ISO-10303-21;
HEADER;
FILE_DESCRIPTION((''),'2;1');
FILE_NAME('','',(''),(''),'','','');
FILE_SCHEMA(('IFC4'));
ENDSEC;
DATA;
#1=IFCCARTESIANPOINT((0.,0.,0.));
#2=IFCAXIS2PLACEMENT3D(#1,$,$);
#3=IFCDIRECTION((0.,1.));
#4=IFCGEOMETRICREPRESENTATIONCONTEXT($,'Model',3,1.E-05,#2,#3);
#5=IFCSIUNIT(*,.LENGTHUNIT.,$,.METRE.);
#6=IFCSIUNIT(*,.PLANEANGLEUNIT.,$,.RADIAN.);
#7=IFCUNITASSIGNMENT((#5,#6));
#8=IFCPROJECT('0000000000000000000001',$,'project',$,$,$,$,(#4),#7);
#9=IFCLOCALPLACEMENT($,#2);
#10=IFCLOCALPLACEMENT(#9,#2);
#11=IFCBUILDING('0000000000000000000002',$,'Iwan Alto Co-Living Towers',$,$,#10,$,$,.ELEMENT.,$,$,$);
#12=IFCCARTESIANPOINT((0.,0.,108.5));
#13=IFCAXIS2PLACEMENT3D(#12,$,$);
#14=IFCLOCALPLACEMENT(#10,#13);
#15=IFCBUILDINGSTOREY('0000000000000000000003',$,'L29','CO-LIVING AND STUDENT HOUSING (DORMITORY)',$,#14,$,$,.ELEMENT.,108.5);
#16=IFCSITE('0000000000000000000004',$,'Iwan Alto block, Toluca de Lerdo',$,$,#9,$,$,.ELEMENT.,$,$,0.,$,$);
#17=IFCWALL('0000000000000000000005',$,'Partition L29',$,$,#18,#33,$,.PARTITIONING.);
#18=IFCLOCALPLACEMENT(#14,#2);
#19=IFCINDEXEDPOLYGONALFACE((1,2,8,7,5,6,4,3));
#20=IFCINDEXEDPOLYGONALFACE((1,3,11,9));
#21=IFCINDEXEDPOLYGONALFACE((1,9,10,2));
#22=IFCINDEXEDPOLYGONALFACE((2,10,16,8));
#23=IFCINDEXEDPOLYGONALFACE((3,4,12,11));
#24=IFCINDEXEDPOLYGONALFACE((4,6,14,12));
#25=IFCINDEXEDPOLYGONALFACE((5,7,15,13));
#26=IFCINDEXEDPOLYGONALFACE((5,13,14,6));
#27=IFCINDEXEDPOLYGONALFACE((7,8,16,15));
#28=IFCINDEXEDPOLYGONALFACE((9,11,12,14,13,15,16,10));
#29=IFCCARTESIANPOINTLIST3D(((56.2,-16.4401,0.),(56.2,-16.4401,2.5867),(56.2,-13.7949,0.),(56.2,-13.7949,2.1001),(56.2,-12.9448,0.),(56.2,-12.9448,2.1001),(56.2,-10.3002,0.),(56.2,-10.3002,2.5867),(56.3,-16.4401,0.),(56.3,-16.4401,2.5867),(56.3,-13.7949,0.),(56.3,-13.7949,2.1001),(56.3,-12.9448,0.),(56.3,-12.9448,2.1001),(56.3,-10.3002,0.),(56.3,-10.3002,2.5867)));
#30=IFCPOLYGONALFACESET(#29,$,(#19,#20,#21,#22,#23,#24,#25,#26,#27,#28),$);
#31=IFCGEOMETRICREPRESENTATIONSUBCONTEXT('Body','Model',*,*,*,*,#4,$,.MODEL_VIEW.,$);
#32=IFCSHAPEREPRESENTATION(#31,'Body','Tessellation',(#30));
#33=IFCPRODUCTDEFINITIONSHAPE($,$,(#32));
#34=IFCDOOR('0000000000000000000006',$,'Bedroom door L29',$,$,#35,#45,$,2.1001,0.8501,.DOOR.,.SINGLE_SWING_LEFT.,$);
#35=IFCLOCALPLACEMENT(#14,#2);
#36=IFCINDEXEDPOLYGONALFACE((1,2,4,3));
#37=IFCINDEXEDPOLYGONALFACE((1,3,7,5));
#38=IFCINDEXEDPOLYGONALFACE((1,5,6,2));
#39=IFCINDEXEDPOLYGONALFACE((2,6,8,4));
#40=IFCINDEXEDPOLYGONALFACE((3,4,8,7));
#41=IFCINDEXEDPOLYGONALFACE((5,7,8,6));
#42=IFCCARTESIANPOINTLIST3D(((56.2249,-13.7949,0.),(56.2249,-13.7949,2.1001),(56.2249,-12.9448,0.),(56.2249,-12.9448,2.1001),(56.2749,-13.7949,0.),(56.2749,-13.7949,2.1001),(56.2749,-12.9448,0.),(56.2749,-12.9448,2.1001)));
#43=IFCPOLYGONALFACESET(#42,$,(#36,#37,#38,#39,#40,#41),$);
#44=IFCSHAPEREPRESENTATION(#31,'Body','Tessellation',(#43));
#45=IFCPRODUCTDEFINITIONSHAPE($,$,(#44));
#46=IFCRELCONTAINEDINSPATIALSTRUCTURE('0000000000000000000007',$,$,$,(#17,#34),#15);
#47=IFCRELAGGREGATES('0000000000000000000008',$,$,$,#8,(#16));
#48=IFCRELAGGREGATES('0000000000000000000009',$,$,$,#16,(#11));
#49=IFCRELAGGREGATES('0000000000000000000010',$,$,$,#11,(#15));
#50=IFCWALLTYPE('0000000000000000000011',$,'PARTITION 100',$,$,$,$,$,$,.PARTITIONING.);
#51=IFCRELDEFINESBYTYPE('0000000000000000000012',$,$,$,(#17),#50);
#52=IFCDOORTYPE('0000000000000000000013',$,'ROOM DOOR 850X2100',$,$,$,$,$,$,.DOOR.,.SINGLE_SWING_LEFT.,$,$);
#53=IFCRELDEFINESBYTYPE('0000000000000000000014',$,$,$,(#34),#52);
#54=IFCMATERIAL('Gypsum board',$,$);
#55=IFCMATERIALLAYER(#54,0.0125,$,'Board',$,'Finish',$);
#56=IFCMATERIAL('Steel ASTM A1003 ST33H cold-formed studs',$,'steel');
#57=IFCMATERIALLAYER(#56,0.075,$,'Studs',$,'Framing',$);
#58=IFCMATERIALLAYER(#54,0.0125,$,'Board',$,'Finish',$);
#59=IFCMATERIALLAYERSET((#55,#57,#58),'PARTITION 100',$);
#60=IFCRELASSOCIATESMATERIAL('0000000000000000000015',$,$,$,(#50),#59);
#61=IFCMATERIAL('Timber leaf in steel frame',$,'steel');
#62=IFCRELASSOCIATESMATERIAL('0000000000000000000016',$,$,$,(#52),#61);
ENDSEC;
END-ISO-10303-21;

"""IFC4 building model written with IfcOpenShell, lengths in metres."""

from ifc_helpers import new_model, si_unit, direction, frame, frame_2d, origin, place, context, subcontext, project, spatial, rectangle, extrude, material, layer, layer_set, type_object, element, fill, save


model = new_model("IFC4")

# Units and contexts
model_context = context("Model", 3, precision=1e-05, world=origin(), true_north=direction((0.0, 1.0)))
body_context = subcontext(model_context, "Body", "Model", "MODEL_VIEW")
ifc_project = project(units=[si_unit("LENGTHUNIT", "METRE"), si_unit("PLANEANGLEUNIT", "RADIAN")], contexts=[model_context])

# Site, building, storey
site_placement = place(None, origin())
site = spatial("IfcSite", under=ifc_project, at=site_placement, Name="Iwan Alto block, Toluca de Lerdo", CompositionType="ELEMENT", RefElevation=0.0)
building_placement = place(site_placement, origin())
building = spatial("IfcBuilding", under=site, at=building_placement, Name="Iwan Alto Co-Living Towers", CompositionType="ELEMENT")
storey_placement = place(building_placement, frame((0.0, 0.0, 108.5)))
storey = spatial("IfcBuildingStorey", under=building, at=storey_placement, Name="L29", Description="CO-LIVING AND STUDENT HOUSING (DORMITORY)", CompositionType="ELEMENT", Elevation=108.5)

# Shared definitions
ifc_material_1 = material(Name="Gypsum board")
ifc_layer_1 = layer(ifc_material_1, 0.0125, Name="Board", Category="Finish")
ifc_material_2 = material(Name="Steel ASTM A1003 ST33H cold-formed studs", Category="steel")
ifc_layer_2 = layer(ifc_material_2, 0.075, Name="Studs", Category="Framing")
ifc_layer_3 = layer(ifc_material_1, 0.0125, Name="Board", Category="Finish")
ifc_layer_set_1 = layer_set([ifc_layer_1, ifc_layer_2, ifc_layer_3], Name="PARTITION 100")
wall_type = type_object("IfcWallType", Name="PARTITION 100", PredefinedType="PARTITIONING", material=ifc_layer_set_1)

# Wall, opening, door
wall_1_placement = place(storey_placement, frame((56.25, -16.4399, 0.0), z_axis=(0.0, 0.0, 1.0), x_axis=(0.0, 1.0, 0.0)))
wall_1 = element("IfcWall", 1, at=wall_1_placement, inside=storey, type_object=wall_type, Name="Partition L29", PredefinedType="PARTITIONING", context=body_context, shape_type="SweptSolid", body=[
    extrude(rectangle(XDim=6.1399, YDim=0.1001, at=frame_2d((3.0698, 0.0))), origin(), (0.0, 0.0, 1.0), 2.5867),
])
opening_placement = place(wall_1_placement, frame((2.645, 0.0, 0.0)))
opening = element("IfcOpeningElement", 2, at=opening_placement, cuts=wall_1, PredefinedType="OPENING", context=body_context, shape_type="SweptSolid", body=[
    extrude(rectangle(XDim=0.8501, YDim=2.1001, at=frame_2d((0.425, 1.05))), frame((0.0, 0.0601, 0.0), z_axis=(0.0, -1.0, 0.0), x_axis=(1.0, 0.0, 0.0)), (0.0, 0.0, 1.0), 0.1201),
])
ifc_material_3 = material(Name="Timber leaf in steel frame", Category="steel")
door_type = type_object("IfcDoorType", Name="ROOM DOOR 850X2100", OperationType="SINGLE_SWING_LEFT", PredefinedType="DOOR", material=ifc_material_3)
door_placement = place(opening_placement, frame((0.8501, 0.0, 0.0), z_axis=(0.0, 0.0, 1.0), x_axis=(-1.0, 0.0, 0.0)))
door = element("IfcDoor", 3, at=door_placement, inside=storey, type_object=door_type, Name="Bedroom door L29", OperationType="SINGLE_SWING_LEFT", OverallHeight=2.1001, OverallWidth=0.8501, PredefinedType="DOOR", context=body_context, shape_type="SweptSolid", body=[
    extrude(rectangle(XDim=0.8501, YDim=2.1001, at=frame_2d((0.425, 1.05))), frame((0.0, 0.0249, 0.0), z_axis=(0.0, -1.0, 0.0), x_axis=(1.0, 0.0, 0.0)), (0.0, 0.0, 1.0), 0.05),
])
fill(opening, door)

save(model, "model.ifc")
